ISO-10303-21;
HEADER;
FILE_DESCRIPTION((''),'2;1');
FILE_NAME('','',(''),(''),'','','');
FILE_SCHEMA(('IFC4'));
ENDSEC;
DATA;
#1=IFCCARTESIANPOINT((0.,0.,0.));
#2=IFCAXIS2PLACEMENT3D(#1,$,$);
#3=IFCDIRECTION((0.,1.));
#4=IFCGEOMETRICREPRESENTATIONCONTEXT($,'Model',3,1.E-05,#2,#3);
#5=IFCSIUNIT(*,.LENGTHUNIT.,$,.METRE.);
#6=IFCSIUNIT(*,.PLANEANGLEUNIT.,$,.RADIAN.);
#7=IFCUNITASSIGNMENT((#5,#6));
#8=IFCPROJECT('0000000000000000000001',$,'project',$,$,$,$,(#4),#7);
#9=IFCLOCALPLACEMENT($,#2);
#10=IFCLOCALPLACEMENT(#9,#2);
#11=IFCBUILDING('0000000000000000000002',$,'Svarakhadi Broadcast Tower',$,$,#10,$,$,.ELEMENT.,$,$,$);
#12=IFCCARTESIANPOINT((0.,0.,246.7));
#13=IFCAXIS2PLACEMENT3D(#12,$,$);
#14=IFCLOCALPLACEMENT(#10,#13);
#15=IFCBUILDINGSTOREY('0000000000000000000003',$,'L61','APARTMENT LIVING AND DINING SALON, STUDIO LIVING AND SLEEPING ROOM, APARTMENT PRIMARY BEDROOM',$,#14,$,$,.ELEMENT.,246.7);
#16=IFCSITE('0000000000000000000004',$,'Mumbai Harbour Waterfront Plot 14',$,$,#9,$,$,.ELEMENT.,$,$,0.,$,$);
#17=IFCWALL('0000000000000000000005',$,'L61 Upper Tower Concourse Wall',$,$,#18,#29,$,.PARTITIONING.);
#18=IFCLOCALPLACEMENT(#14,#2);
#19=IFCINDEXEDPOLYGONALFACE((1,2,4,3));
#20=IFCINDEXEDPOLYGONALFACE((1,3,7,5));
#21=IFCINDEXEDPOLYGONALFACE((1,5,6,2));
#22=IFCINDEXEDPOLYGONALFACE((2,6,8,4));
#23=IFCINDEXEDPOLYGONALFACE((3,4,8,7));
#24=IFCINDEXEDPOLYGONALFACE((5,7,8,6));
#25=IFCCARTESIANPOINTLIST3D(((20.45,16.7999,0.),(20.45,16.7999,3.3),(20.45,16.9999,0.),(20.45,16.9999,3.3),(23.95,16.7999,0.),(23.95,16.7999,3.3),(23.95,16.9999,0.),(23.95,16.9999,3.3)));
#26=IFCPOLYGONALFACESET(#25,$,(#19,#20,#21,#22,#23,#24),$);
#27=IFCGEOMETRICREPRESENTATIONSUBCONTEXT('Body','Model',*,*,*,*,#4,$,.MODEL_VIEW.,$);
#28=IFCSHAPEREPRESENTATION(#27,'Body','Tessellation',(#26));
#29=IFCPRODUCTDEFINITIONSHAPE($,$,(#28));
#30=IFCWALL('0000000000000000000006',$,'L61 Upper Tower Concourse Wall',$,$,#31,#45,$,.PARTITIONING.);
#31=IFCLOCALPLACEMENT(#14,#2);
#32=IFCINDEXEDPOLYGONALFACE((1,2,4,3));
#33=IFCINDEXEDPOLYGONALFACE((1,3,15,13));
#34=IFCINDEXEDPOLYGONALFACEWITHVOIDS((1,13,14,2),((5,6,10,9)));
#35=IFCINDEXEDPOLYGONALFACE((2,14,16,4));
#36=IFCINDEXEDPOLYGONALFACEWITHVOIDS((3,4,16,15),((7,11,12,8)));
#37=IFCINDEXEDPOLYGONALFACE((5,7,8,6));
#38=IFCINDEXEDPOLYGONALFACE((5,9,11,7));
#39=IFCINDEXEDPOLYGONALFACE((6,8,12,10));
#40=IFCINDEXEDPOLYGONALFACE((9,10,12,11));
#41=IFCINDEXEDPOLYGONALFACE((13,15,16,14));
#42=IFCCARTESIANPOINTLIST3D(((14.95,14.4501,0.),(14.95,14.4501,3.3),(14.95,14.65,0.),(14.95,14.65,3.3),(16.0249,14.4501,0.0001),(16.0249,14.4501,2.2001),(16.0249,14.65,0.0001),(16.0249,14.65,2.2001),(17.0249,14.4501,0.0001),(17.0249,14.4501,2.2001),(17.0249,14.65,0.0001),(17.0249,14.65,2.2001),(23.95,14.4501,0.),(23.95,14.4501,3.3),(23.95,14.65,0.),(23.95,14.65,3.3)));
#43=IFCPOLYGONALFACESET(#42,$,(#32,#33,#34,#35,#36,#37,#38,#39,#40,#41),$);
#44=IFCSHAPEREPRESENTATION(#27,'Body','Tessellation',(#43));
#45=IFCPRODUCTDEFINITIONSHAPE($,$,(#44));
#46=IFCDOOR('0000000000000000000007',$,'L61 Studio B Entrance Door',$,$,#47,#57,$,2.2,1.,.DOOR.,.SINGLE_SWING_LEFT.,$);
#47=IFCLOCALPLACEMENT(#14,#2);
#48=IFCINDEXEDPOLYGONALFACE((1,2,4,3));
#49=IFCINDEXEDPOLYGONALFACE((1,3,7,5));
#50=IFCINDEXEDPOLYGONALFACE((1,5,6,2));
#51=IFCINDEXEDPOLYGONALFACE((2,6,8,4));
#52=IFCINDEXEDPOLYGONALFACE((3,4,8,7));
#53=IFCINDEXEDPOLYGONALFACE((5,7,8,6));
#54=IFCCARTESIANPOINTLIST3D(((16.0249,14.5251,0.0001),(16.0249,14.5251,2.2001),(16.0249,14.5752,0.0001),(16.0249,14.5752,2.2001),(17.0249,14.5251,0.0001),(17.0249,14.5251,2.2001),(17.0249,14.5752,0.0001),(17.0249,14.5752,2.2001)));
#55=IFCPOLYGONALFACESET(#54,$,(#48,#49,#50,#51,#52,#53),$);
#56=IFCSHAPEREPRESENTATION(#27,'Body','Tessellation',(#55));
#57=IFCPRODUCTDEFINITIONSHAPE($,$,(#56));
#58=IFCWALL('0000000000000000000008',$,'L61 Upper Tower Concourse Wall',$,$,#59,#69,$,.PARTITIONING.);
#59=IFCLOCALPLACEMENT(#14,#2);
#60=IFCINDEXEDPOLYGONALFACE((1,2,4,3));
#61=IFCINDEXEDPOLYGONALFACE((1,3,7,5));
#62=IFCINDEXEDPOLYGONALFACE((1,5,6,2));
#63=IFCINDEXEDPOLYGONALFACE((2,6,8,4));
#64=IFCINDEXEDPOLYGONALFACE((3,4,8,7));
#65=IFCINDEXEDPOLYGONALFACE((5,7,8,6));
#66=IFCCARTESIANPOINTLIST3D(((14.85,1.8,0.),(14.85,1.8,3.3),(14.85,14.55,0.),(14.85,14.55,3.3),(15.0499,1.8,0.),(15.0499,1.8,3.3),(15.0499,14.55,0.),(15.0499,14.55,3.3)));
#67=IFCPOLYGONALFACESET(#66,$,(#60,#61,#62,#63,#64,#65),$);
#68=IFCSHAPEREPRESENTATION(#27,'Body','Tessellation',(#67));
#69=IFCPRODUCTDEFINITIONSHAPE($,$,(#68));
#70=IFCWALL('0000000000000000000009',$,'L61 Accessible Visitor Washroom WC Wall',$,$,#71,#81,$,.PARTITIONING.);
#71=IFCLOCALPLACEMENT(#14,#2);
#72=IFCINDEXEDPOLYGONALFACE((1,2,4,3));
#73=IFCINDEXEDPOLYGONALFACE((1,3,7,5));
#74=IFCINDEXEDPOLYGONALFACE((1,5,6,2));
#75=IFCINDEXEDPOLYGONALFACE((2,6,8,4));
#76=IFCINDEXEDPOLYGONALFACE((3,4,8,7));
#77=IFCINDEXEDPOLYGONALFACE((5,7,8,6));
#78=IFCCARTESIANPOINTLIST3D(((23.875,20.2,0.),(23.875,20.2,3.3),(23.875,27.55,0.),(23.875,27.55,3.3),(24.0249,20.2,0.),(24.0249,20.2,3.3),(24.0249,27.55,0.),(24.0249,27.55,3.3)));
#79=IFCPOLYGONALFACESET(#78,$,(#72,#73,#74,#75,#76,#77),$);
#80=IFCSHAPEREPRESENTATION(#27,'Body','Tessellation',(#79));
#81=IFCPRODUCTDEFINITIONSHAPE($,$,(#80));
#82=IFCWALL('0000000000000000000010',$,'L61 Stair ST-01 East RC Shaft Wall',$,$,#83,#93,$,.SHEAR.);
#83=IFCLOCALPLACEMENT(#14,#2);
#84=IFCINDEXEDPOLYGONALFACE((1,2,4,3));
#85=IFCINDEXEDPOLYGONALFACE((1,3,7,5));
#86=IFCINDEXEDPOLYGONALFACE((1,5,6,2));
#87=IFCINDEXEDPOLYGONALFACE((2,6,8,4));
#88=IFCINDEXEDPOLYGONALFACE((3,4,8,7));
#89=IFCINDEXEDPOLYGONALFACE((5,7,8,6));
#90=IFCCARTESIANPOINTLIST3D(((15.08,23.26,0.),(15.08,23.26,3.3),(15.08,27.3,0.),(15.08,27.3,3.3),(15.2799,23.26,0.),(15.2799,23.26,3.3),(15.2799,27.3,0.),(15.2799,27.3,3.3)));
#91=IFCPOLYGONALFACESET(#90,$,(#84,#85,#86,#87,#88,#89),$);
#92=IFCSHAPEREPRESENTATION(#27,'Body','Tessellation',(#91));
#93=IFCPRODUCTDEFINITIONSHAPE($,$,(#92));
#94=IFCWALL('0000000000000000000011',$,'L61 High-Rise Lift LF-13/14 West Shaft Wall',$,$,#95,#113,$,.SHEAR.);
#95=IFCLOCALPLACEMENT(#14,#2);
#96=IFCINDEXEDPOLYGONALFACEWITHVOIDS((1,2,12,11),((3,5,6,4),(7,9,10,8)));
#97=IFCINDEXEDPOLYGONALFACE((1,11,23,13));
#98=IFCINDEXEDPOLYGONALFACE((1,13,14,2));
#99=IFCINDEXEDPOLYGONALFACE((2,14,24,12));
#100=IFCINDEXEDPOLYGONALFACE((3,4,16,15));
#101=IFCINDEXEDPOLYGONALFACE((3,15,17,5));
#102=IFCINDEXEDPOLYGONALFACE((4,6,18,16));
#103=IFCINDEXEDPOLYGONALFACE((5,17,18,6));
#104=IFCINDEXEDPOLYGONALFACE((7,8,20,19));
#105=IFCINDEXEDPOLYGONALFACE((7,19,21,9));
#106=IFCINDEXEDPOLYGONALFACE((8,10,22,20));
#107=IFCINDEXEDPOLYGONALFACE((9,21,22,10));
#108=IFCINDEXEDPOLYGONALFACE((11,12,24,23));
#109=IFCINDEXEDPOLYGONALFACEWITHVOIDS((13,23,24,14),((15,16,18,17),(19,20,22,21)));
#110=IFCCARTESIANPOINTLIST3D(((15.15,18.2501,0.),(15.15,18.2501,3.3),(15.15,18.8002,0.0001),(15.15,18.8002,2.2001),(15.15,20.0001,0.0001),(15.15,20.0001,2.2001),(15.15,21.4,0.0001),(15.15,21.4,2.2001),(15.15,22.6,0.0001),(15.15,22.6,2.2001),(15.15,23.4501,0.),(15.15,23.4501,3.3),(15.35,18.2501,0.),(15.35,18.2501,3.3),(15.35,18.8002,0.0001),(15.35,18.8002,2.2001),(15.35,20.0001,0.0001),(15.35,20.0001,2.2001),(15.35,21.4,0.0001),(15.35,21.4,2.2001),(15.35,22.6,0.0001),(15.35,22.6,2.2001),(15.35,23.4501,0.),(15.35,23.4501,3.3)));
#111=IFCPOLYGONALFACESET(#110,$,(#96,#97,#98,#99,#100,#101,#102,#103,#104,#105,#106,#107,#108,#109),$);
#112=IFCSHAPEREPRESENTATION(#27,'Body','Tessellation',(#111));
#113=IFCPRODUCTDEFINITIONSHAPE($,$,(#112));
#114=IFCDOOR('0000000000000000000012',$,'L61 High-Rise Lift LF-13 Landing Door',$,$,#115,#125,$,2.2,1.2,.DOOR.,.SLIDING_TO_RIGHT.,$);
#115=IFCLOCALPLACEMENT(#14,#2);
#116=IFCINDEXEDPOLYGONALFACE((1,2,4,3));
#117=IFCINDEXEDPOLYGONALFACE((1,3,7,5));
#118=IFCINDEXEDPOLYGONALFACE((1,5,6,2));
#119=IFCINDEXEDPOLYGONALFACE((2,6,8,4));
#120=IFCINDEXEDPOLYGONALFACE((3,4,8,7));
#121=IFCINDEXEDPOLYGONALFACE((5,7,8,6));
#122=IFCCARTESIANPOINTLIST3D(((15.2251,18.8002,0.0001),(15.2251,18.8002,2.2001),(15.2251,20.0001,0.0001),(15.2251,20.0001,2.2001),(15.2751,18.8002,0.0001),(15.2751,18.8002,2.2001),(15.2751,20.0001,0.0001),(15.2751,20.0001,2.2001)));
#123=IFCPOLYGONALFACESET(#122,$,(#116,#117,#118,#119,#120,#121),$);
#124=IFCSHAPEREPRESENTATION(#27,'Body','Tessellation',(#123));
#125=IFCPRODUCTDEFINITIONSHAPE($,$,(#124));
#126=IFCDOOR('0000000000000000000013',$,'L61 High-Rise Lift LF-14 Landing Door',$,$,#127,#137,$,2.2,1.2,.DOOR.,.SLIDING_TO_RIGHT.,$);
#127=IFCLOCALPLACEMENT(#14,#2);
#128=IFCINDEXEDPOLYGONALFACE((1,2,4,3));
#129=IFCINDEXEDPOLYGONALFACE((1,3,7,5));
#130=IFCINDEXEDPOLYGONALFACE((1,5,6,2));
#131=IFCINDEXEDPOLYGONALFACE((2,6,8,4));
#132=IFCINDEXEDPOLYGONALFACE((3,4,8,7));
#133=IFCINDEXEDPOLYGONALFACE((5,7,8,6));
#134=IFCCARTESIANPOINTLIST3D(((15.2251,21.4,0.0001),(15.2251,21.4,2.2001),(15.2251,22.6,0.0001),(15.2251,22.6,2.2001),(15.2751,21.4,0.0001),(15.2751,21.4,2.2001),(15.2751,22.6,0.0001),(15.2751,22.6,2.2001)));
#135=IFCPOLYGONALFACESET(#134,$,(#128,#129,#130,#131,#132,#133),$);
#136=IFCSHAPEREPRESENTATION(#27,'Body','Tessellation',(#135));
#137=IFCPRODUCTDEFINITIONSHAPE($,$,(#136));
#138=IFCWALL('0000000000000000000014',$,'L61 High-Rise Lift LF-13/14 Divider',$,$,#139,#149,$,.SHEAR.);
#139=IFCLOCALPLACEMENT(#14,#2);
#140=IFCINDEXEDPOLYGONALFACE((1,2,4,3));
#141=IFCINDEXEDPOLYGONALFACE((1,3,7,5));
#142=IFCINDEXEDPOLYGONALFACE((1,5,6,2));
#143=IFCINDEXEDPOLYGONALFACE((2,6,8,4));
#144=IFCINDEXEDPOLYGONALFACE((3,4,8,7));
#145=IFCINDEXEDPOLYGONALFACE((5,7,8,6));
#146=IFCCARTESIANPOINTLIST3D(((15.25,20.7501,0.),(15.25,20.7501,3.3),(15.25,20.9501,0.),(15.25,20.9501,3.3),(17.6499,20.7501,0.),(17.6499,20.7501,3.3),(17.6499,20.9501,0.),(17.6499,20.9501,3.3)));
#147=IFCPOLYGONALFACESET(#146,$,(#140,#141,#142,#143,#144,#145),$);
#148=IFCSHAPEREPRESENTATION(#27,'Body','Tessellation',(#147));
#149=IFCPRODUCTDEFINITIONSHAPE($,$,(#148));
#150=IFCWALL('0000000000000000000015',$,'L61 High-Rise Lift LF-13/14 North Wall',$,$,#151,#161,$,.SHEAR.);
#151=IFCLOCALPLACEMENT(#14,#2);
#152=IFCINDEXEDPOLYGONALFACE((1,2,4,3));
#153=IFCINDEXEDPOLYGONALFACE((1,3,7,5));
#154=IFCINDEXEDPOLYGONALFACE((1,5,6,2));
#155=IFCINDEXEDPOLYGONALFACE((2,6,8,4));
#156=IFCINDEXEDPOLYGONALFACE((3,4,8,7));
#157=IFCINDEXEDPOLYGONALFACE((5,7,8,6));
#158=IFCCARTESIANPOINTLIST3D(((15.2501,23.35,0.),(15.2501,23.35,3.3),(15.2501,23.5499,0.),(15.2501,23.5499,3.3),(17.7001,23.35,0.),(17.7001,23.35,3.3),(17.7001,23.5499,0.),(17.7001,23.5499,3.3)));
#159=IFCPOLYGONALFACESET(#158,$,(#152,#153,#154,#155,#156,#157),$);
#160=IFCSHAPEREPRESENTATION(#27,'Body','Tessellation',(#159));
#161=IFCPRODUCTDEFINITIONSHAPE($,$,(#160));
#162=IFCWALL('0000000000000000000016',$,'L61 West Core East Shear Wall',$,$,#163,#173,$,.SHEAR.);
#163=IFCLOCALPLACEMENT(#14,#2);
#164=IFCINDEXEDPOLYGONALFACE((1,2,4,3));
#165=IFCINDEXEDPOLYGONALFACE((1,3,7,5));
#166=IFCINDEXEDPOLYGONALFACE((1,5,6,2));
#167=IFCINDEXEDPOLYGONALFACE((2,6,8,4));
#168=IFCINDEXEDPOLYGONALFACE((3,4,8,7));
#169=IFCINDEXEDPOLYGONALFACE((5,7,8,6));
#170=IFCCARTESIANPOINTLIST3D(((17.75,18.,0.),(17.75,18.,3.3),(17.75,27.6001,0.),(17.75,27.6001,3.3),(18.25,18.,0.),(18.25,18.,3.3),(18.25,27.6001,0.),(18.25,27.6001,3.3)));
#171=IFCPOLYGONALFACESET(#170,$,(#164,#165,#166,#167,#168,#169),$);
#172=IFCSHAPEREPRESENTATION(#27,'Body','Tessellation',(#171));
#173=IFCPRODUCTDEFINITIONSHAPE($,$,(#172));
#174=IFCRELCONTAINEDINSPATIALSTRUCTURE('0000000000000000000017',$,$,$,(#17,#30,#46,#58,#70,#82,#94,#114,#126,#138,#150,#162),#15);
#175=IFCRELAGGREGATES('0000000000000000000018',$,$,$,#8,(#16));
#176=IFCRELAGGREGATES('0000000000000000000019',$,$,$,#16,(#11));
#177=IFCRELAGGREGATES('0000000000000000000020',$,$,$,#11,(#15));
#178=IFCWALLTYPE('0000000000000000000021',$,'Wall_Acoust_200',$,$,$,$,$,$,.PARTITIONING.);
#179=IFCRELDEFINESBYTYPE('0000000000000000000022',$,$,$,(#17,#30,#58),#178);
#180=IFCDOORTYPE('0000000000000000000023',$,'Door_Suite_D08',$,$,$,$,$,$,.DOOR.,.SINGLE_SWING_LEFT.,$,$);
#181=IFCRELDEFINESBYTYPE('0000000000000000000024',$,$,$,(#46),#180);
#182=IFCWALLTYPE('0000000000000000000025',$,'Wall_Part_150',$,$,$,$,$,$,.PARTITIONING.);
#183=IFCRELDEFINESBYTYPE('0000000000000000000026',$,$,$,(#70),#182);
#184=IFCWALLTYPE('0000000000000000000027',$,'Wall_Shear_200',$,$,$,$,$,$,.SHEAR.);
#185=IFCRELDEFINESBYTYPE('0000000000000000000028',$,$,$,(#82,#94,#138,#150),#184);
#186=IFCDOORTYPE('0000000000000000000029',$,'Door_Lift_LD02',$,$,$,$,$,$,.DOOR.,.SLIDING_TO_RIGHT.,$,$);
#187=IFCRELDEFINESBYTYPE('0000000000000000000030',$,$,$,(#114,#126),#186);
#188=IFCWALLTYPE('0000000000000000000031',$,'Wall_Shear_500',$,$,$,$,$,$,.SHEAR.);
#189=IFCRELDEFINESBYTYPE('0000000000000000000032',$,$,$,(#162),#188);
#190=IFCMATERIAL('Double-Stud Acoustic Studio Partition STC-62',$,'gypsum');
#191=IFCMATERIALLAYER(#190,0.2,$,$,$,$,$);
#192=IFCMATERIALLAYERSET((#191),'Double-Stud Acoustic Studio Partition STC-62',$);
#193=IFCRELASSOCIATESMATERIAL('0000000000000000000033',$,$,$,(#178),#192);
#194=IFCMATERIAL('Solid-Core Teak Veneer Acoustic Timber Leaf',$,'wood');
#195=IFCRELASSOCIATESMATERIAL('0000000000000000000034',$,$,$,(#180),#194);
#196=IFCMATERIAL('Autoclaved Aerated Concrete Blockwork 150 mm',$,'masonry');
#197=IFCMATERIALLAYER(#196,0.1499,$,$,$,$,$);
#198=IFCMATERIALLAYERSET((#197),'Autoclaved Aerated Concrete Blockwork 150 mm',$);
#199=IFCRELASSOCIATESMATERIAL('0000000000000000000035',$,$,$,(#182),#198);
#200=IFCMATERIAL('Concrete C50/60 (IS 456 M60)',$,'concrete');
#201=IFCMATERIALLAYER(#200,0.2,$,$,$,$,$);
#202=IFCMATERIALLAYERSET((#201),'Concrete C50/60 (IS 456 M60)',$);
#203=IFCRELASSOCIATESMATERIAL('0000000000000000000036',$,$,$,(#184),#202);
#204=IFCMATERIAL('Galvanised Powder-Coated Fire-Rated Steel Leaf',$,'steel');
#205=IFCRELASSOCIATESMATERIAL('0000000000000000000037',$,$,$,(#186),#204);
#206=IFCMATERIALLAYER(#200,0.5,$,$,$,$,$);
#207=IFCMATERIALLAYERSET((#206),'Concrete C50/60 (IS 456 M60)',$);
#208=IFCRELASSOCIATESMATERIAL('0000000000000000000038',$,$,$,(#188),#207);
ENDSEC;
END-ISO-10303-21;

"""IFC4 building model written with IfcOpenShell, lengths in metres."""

from ifc_helpers import new_model, si_unit, direction, frame, frame_2d, origin, place, context, subcontext, project, spatial, rectangle, extrude, material, layer, layer_set, type_object, element, fill, save


model = new_model("IFC4")

# Units and contexts
model_context = context("Model", 3, precision=1e-05, world=origin(), true_north=direction((0.0, 1.0)))
body_context = subcontext(model_context, "Body", "Model", "MODEL_VIEW")
ifc_project = project(units=[si_unit("LENGTHUNIT", "METRE"), si_unit("PLANEANGLEUNIT", "RADIAN")], contexts=[model_context])

# Site, building, storey
site_placement = place(None, origin())
site = spatial("IfcSite", under=ifc_project, at=site_placement, Name="Mumbai Harbour Waterfront Plot 14", CompositionType="ELEMENT", RefElevation=0.0)
building_placement = place(site_placement, origin())
building = spatial("IfcBuilding", under=site, at=building_placement, Name="Svarakhadi Broadcast Tower", CompositionType="ELEMENT")
storey_placement = place(building_placement, frame((0.0, 0.0, 246.7)))
storey = spatial("IfcBuildingStorey", under=building, at=storey_placement, Name="L61", Description="APARTMENT LIVING AND DINING SALON, STUDIO LIVING AND SLEEPING ROOM, APARTMENT PRIMARY BEDROOM", CompositionType="ELEMENT", Elevation=246.7)

# Shared definitions
ifc_material_1 = material(Name="Concrete C50/60 (IS 456 M60)", Category="concrete")

# Shared definitions
ifc_material_2 = material(Name="Double-Stud Acoustic Studio Partition STC-62", Category="gypsum")
ifc_layer_1 = layer(ifc_material_2, 0.2)
ifc_layer_set_1 = layer_set([ifc_layer_1], Name="Double-Stud Acoustic Studio Partition STC-62")
wall_type_1 = type_object("IfcWallType", Name="Wall_Acoust_200", PredefinedType="PARTITIONING", material=ifc_layer_set_1)

# Shared definitions
ifc_material_3 = material(Name="Solid-Core Teak Veneer Acoustic Timber Leaf", Category="wood")

# Wall
wall_1_placement = place(storey_placement, frame((20.45, 16.8999, 0.0), z_axis=(0.0, 0.0, 1.0), x_axis=(1.0, 0.0, 0.0)))
element("IfcWall", 1, at=wall_1_placement, inside=storey, type_object=wall_type_1, Name="L61 Upper Tower Concourse Wall", PredefinedType="PARTITIONING", context=body_context, shape_type="SweptSolid", body=[
    extrude(rectangle(XDim=3.5, YDim=0.2, at=frame_2d((1.75, 0.0))), origin(), (0.0, 0.0, 1.0), 3.3),
])

# Wall, opening, door
wall_2_placement = place(storey_placement, frame((23.95, 14.55, 0.0), z_axis=(0.0, 0.0, 1.0), x_axis=(-1.0, 0.0, 0.0)))
wall_2 = element("IfcWall", 2, at=wall_2_placement, inside=storey, type_object=wall_type_1, Name="L61 Upper Tower Concourse Wall", PredefinedType="PARTITIONING", context=body_context, shape_type="SweptSolid", body=[
    extrude(rectangle(XDim=9.0, YDim=0.2, at=frame_2d((4.5, 0.0))), origin(), (0.0, 0.0, 1.0), 3.3),
])
opening_1_placement = place(wall_2_placement, frame((6.925, 0.0, 0.0)))
opening_1 = element("IfcOpeningElement", 3, at=opening_1_placement, cuts=wall_2, PredefinedType="OPENING", context=body_context, shape_type="SweptSolid", body=[
    extrude(rectangle(XDim=1.0, YDim=2.2, at=frame_2d((0.5, 1.1001))), frame((0.0, 0.1099, 0.0), z_axis=(0.0, -1.0, 0.0), x_axis=(1.0, 0.0, 0.0)), (0.0, 0.0, 1.0), 0.22),
])
door_type_1 = type_object("IfcDoorType", Name="Door_Suite_D08", OperationType="SINGLE_SWING_LEFT", PredefinedType="DOOR", material=ifc_material_3)
door_1_placement = place(opening_1_placement, origin())
door_1 = element("IfcDoor", 4, at=door_1_placement, inside=storey, type_object=door_type_1, Name="L61 Studio B Entrance Door", OperationType="SINGLE_SWING_LEFT", OverallHeight=2.2, OverallWidth=1.0, PredefinedType="DOOR", context=body_context, shape_type="SweptSolid", body=[
    extrude(rectangle(XDim=1.0, YDim=2.2, at=frame_2d((0.5, 1.1001))), frame((0.0, 0.0249, 0.0), z_axis=(0.0, -1.0, 0.0), x_axis=(1.0, 0.0, 0.0)), (0.0, 0.0, 1.0), 0.05),
])
fill(opening_1, door_1)

# Walls
wall_3_placement = place(storey_placement, frame((14.95, 14.55, 0.0), z_axis=(0.0, 0.0, 1.0), x_axis=(0.0, -1.0, 0.0)))
element("IfcWall", 5, at=wall_3_placement, inside=storey, type_object=wall_type_1, Name="L61 Upper Tower Concourse Wall", PredefinedType="PARTITIONING", context=body_context, shape_type="SweptSolid", body=[
    extrude(rectangle(XDim=12.75, YDim=0.2, at=frame_2d((6.375, 0.0))), origin(), (0.0, 0.0, 1.0), 3.3),
])
ifc_material_4 = material(Name="Autoclaved Aerated Concrete Blockwork 150 mm", Category="masonry")
ifc_layer_2 = layer(ifc_material_4, 0.1499)
ifc_layer_set_2 = layer_set([ifc_layer_2], Name="Autoclaved Aerated Concrete Blockwork 150 mm")
wall_type_2 = type_object("IfcWallType", Name="Wall_Part_150", PredefinedType="PARTITIONING", material=ifc_layer_set_2)
wall_4_placement = place(storey_placement, frame((23.95, 20.2, 0.0), z_axis=(0.0, 0.0, 1.0), x_axis=(0.0, 1.0, 0.0)))
element("IfcWall", 6, at=wall_4_placement, inside=storey, type_object=wall_type_2, Name="L61 Accessible Visitor Washroom WC Wall", PredefinedType="PARTITIONING", context=body_context, shape_type="SweptSolid", body=[
    extrude(rectangle(XDim=7.3501, YDim=0.1499, at=frame_2d((3.675, 0.0))), origin(), (0.0, 0.0, 1.0), 3.3),
])
ifc_layer_3 = layer(ifc_material_1, 0.2)
ifc_layer_set_3 = layer_set([ifc_layer_3], Name="Concrete C50/60 (IS 456 M60)")
wall_type_3 = type_object("IfcWallType", Name="Wall_Shear_200", PredefinedType="SHEAR", material=ifc_layer_set_3)
wall_5_placement = place(storey_placement, frame((15.1799, 23.26, 0.0), z_axis=(0.0, 0.0, 1.0), x_axis=(0.0, 1.0, 0.0)))
element("IfcWall", 7, at=wall_5_placement, inside=storey, type_object=wall_type_3, Name="L61 Stair ST-01 East RC Shaft Wall", PredefinedType="SHEAR", context=body_context, shape_type="SweptSolid", body=[
    extrude(rectangle(XDim=4.04, YDim=0.2, at=frame_2d((2.02, 0.0))), origin(), (0.0, 0.0, 1.0), 3.3),
])

# Wall, openings, doors
wall_6_placement = place(storey_placement, frame((15.25, 18.25, 0.0), z_axis=(0.0, 0.0, 1.0), x_axis=(0.0, 1.0, 0.0)))
wall_6 = element("IfcWall", 8, at=wall_6_placement, inside=storey, type_object=wall_type_3, Name="L61 High-Rise Lift LF-13/14 West Shaft Wall", PredefinedType="SHEAR", context=body_context, shape_type="SweptSolid", body=[
    extrude(rectangle(XDim=5.2, YDim=0.2, at=frame_2d((2.6001, 0.0))), origin(), (0.0, 0.0, 1.0), 3.3),
])
opening_2_placement = place(wall_6_placement, frame((0.55, 0.0, 0.0)))
opening_2 = element("IfcOpeningElement", 9, at=opening_2_placement, cuts=wall_6, PredefinedType="OPENING", context=body_context, shape_type="SweptSolid", body=[
    extrude(rectangle(XDim=1.2, YDim=2.2, at=frame_2d((0.6001, 1.1001))), frame((0.0, 0.1099, 0.0), z_axis=(0.0, -1.0, 0.0), x_axis=(1.0, 0.0, 0.0)), (0.0, 0.0, 1.0), 0.22),
])
opening_3_placement = place(wall_6_placement, frame((3.1499, 0.0, 0.0)))
opening_3 = element("IfcOpeningElement", 10, at=opening_3_placement, cuts=wall_6, PredefinedType="OPENING", context=body_context, shape_type="SweptSolid", body=[
    extrude(rectangle(XDim=1.2, YDim=2.2, at=frame_2d((0.6001, 1.1001))), frame((0.0, 0.1099, 0.0), z_axis=(0.0, -1.0, 0.0), x_axis=(1.0, 0.0, 0.0)), (0.0, 0.0, 1.0), 0.22),
])
ifc_material_5 = material(Name="Galvanised Powder-Coated Fire-Rated Steel Leaf", Category="steel")
door_type_2 = type_object("IfcDoorType", Name="Door_Lift_LD02", OperationType="SLIDING_TO_RIGHT", PredefinedType="DOOR", material=ifc_material_5)
door_2_placement = place(opening_2_placement, origin())
door_2 = element("IfcDoor", 11, at=door_2_placement, inside=storey, type_object=door_type_2, Name="L61 High-Rise Lift LF-13 Landing Door", OperationType="SLIDING_TO_RIGHT", OverallHeight=2.2, OverallWidth=1.2, PredefinedType="DOOR", context=body_context, shape_type="SweptSolid", body=[
    extrude(rectangle(XDim=1.2, YDim=2.2, at=frame_2d((0.6001, 1.1001))), frame((0.0, 0.0249, 0.0), z_axis=(0.0, -1.0, 0.0), x_axis=(1.0, 0.0, 0.0)), (0.0, 0.0, 1.0), 0.05),
])
fill(opening_2, door_2)
door_3_placement = place(opening_3_placement, origin())
door_3 = element("IfcDoor", 12, at=door_3_placement, inside=storey, type_object=door_type_2, Name="L61 High-Rise Lift LF-14 Landing Door", OperationType="SLIDING_TO_RIGHT", OverallHeight=2.2, OverallWidth=1.2, PredefinedType="DOOR", context=body_context, shape_type="SweptSolid", body=[
    extrude(rectangle(XDim=1.2, YDim=2.2, at=frame_2d((0.6001, 1.1001))), frame((0.0, 0.0249, 0.0), z_axis=(0.0, -1.0, 0.0), x_axis=(1.0, 0.0, 0.0)), (0.0, 0.0, 1.0), 0.05),
])
fill(opening_3, door_3)

# Walls
wall_7_placement = place(storey_placement, frame((15.25, 20.8501, 0.0), z_axis=(0.0, 0.0, 1.0), x_axis=(1.0, 0.0, 0.0)))
element("IfcWall", 13, at=wall_7_placement, inside=storey, type_object=wall_type_3, Name="L61 High-Rise Lift LF-13/14 Divider", PredefinedType="SHEAR", context=body_context, shape_type="SweptSolid", body=[
    extrude(rectangle(XDim=2.3999, YDim=0.2, at=frame_2d((1.2, 0.0))), origin(), (0.0, 0.0, 1.0), 3.3),
])
wall_8_placement = place(storey_placement, frame((15.25, 23.45, 0.0), z_axis=(0.0, 0.0, 1.0), x_axis=(1.0, 0.0, 0.0)))
element("IfcWall", 14, at=wall_8_placement, inside=storey, type_object=wall_type_3, Name="L61 High-Rise Lift LF-13/14 North Wall", PredefinedType="SHEAR", context=body_context, shape_type="SweptSolid", body=[
    extrude(rectangle(XDim=2.45, YDim=0.2, at=frame_2d((1.2251, 0.0))), origin(), (0.0, 0.0, 1.0), 3.3),
])
ifc_layer_4 = layer(ifc_material_1, 0.5)
ifc_layer_set_4 = layer_set([ifc_layer_4], Name="Concrete C50/60 (IS 456 M60)")
wall_type_4 = type_object("IfcWallType", Name="Wall_Shear_500", PredefinedType="SHEAR", material=ifc_layer_set_4)
wall_9_placement = place(storey_placement, frame((18.0, 18.0, 0.0), z_axis=(0.0, 0.0, 1.0), x_axis=(0.0, 1.0, 0.0)))
element("IfcWall", 15, at=wall_9_placement, inside=storey, type_object=wall_type_4, Name="L61 West Core East Shear Wall", PredefinedType="SHEAR", context=body_context, shape_type="SweptSolid", body=[
    extrude(rectangle(XDim=9.6001, YDim=0.5, at=frame_2d((4.8, 0.0))), origin(), (0.0, 0.0, 1.0), 3.3),
])

save(model, "model.ifc")
